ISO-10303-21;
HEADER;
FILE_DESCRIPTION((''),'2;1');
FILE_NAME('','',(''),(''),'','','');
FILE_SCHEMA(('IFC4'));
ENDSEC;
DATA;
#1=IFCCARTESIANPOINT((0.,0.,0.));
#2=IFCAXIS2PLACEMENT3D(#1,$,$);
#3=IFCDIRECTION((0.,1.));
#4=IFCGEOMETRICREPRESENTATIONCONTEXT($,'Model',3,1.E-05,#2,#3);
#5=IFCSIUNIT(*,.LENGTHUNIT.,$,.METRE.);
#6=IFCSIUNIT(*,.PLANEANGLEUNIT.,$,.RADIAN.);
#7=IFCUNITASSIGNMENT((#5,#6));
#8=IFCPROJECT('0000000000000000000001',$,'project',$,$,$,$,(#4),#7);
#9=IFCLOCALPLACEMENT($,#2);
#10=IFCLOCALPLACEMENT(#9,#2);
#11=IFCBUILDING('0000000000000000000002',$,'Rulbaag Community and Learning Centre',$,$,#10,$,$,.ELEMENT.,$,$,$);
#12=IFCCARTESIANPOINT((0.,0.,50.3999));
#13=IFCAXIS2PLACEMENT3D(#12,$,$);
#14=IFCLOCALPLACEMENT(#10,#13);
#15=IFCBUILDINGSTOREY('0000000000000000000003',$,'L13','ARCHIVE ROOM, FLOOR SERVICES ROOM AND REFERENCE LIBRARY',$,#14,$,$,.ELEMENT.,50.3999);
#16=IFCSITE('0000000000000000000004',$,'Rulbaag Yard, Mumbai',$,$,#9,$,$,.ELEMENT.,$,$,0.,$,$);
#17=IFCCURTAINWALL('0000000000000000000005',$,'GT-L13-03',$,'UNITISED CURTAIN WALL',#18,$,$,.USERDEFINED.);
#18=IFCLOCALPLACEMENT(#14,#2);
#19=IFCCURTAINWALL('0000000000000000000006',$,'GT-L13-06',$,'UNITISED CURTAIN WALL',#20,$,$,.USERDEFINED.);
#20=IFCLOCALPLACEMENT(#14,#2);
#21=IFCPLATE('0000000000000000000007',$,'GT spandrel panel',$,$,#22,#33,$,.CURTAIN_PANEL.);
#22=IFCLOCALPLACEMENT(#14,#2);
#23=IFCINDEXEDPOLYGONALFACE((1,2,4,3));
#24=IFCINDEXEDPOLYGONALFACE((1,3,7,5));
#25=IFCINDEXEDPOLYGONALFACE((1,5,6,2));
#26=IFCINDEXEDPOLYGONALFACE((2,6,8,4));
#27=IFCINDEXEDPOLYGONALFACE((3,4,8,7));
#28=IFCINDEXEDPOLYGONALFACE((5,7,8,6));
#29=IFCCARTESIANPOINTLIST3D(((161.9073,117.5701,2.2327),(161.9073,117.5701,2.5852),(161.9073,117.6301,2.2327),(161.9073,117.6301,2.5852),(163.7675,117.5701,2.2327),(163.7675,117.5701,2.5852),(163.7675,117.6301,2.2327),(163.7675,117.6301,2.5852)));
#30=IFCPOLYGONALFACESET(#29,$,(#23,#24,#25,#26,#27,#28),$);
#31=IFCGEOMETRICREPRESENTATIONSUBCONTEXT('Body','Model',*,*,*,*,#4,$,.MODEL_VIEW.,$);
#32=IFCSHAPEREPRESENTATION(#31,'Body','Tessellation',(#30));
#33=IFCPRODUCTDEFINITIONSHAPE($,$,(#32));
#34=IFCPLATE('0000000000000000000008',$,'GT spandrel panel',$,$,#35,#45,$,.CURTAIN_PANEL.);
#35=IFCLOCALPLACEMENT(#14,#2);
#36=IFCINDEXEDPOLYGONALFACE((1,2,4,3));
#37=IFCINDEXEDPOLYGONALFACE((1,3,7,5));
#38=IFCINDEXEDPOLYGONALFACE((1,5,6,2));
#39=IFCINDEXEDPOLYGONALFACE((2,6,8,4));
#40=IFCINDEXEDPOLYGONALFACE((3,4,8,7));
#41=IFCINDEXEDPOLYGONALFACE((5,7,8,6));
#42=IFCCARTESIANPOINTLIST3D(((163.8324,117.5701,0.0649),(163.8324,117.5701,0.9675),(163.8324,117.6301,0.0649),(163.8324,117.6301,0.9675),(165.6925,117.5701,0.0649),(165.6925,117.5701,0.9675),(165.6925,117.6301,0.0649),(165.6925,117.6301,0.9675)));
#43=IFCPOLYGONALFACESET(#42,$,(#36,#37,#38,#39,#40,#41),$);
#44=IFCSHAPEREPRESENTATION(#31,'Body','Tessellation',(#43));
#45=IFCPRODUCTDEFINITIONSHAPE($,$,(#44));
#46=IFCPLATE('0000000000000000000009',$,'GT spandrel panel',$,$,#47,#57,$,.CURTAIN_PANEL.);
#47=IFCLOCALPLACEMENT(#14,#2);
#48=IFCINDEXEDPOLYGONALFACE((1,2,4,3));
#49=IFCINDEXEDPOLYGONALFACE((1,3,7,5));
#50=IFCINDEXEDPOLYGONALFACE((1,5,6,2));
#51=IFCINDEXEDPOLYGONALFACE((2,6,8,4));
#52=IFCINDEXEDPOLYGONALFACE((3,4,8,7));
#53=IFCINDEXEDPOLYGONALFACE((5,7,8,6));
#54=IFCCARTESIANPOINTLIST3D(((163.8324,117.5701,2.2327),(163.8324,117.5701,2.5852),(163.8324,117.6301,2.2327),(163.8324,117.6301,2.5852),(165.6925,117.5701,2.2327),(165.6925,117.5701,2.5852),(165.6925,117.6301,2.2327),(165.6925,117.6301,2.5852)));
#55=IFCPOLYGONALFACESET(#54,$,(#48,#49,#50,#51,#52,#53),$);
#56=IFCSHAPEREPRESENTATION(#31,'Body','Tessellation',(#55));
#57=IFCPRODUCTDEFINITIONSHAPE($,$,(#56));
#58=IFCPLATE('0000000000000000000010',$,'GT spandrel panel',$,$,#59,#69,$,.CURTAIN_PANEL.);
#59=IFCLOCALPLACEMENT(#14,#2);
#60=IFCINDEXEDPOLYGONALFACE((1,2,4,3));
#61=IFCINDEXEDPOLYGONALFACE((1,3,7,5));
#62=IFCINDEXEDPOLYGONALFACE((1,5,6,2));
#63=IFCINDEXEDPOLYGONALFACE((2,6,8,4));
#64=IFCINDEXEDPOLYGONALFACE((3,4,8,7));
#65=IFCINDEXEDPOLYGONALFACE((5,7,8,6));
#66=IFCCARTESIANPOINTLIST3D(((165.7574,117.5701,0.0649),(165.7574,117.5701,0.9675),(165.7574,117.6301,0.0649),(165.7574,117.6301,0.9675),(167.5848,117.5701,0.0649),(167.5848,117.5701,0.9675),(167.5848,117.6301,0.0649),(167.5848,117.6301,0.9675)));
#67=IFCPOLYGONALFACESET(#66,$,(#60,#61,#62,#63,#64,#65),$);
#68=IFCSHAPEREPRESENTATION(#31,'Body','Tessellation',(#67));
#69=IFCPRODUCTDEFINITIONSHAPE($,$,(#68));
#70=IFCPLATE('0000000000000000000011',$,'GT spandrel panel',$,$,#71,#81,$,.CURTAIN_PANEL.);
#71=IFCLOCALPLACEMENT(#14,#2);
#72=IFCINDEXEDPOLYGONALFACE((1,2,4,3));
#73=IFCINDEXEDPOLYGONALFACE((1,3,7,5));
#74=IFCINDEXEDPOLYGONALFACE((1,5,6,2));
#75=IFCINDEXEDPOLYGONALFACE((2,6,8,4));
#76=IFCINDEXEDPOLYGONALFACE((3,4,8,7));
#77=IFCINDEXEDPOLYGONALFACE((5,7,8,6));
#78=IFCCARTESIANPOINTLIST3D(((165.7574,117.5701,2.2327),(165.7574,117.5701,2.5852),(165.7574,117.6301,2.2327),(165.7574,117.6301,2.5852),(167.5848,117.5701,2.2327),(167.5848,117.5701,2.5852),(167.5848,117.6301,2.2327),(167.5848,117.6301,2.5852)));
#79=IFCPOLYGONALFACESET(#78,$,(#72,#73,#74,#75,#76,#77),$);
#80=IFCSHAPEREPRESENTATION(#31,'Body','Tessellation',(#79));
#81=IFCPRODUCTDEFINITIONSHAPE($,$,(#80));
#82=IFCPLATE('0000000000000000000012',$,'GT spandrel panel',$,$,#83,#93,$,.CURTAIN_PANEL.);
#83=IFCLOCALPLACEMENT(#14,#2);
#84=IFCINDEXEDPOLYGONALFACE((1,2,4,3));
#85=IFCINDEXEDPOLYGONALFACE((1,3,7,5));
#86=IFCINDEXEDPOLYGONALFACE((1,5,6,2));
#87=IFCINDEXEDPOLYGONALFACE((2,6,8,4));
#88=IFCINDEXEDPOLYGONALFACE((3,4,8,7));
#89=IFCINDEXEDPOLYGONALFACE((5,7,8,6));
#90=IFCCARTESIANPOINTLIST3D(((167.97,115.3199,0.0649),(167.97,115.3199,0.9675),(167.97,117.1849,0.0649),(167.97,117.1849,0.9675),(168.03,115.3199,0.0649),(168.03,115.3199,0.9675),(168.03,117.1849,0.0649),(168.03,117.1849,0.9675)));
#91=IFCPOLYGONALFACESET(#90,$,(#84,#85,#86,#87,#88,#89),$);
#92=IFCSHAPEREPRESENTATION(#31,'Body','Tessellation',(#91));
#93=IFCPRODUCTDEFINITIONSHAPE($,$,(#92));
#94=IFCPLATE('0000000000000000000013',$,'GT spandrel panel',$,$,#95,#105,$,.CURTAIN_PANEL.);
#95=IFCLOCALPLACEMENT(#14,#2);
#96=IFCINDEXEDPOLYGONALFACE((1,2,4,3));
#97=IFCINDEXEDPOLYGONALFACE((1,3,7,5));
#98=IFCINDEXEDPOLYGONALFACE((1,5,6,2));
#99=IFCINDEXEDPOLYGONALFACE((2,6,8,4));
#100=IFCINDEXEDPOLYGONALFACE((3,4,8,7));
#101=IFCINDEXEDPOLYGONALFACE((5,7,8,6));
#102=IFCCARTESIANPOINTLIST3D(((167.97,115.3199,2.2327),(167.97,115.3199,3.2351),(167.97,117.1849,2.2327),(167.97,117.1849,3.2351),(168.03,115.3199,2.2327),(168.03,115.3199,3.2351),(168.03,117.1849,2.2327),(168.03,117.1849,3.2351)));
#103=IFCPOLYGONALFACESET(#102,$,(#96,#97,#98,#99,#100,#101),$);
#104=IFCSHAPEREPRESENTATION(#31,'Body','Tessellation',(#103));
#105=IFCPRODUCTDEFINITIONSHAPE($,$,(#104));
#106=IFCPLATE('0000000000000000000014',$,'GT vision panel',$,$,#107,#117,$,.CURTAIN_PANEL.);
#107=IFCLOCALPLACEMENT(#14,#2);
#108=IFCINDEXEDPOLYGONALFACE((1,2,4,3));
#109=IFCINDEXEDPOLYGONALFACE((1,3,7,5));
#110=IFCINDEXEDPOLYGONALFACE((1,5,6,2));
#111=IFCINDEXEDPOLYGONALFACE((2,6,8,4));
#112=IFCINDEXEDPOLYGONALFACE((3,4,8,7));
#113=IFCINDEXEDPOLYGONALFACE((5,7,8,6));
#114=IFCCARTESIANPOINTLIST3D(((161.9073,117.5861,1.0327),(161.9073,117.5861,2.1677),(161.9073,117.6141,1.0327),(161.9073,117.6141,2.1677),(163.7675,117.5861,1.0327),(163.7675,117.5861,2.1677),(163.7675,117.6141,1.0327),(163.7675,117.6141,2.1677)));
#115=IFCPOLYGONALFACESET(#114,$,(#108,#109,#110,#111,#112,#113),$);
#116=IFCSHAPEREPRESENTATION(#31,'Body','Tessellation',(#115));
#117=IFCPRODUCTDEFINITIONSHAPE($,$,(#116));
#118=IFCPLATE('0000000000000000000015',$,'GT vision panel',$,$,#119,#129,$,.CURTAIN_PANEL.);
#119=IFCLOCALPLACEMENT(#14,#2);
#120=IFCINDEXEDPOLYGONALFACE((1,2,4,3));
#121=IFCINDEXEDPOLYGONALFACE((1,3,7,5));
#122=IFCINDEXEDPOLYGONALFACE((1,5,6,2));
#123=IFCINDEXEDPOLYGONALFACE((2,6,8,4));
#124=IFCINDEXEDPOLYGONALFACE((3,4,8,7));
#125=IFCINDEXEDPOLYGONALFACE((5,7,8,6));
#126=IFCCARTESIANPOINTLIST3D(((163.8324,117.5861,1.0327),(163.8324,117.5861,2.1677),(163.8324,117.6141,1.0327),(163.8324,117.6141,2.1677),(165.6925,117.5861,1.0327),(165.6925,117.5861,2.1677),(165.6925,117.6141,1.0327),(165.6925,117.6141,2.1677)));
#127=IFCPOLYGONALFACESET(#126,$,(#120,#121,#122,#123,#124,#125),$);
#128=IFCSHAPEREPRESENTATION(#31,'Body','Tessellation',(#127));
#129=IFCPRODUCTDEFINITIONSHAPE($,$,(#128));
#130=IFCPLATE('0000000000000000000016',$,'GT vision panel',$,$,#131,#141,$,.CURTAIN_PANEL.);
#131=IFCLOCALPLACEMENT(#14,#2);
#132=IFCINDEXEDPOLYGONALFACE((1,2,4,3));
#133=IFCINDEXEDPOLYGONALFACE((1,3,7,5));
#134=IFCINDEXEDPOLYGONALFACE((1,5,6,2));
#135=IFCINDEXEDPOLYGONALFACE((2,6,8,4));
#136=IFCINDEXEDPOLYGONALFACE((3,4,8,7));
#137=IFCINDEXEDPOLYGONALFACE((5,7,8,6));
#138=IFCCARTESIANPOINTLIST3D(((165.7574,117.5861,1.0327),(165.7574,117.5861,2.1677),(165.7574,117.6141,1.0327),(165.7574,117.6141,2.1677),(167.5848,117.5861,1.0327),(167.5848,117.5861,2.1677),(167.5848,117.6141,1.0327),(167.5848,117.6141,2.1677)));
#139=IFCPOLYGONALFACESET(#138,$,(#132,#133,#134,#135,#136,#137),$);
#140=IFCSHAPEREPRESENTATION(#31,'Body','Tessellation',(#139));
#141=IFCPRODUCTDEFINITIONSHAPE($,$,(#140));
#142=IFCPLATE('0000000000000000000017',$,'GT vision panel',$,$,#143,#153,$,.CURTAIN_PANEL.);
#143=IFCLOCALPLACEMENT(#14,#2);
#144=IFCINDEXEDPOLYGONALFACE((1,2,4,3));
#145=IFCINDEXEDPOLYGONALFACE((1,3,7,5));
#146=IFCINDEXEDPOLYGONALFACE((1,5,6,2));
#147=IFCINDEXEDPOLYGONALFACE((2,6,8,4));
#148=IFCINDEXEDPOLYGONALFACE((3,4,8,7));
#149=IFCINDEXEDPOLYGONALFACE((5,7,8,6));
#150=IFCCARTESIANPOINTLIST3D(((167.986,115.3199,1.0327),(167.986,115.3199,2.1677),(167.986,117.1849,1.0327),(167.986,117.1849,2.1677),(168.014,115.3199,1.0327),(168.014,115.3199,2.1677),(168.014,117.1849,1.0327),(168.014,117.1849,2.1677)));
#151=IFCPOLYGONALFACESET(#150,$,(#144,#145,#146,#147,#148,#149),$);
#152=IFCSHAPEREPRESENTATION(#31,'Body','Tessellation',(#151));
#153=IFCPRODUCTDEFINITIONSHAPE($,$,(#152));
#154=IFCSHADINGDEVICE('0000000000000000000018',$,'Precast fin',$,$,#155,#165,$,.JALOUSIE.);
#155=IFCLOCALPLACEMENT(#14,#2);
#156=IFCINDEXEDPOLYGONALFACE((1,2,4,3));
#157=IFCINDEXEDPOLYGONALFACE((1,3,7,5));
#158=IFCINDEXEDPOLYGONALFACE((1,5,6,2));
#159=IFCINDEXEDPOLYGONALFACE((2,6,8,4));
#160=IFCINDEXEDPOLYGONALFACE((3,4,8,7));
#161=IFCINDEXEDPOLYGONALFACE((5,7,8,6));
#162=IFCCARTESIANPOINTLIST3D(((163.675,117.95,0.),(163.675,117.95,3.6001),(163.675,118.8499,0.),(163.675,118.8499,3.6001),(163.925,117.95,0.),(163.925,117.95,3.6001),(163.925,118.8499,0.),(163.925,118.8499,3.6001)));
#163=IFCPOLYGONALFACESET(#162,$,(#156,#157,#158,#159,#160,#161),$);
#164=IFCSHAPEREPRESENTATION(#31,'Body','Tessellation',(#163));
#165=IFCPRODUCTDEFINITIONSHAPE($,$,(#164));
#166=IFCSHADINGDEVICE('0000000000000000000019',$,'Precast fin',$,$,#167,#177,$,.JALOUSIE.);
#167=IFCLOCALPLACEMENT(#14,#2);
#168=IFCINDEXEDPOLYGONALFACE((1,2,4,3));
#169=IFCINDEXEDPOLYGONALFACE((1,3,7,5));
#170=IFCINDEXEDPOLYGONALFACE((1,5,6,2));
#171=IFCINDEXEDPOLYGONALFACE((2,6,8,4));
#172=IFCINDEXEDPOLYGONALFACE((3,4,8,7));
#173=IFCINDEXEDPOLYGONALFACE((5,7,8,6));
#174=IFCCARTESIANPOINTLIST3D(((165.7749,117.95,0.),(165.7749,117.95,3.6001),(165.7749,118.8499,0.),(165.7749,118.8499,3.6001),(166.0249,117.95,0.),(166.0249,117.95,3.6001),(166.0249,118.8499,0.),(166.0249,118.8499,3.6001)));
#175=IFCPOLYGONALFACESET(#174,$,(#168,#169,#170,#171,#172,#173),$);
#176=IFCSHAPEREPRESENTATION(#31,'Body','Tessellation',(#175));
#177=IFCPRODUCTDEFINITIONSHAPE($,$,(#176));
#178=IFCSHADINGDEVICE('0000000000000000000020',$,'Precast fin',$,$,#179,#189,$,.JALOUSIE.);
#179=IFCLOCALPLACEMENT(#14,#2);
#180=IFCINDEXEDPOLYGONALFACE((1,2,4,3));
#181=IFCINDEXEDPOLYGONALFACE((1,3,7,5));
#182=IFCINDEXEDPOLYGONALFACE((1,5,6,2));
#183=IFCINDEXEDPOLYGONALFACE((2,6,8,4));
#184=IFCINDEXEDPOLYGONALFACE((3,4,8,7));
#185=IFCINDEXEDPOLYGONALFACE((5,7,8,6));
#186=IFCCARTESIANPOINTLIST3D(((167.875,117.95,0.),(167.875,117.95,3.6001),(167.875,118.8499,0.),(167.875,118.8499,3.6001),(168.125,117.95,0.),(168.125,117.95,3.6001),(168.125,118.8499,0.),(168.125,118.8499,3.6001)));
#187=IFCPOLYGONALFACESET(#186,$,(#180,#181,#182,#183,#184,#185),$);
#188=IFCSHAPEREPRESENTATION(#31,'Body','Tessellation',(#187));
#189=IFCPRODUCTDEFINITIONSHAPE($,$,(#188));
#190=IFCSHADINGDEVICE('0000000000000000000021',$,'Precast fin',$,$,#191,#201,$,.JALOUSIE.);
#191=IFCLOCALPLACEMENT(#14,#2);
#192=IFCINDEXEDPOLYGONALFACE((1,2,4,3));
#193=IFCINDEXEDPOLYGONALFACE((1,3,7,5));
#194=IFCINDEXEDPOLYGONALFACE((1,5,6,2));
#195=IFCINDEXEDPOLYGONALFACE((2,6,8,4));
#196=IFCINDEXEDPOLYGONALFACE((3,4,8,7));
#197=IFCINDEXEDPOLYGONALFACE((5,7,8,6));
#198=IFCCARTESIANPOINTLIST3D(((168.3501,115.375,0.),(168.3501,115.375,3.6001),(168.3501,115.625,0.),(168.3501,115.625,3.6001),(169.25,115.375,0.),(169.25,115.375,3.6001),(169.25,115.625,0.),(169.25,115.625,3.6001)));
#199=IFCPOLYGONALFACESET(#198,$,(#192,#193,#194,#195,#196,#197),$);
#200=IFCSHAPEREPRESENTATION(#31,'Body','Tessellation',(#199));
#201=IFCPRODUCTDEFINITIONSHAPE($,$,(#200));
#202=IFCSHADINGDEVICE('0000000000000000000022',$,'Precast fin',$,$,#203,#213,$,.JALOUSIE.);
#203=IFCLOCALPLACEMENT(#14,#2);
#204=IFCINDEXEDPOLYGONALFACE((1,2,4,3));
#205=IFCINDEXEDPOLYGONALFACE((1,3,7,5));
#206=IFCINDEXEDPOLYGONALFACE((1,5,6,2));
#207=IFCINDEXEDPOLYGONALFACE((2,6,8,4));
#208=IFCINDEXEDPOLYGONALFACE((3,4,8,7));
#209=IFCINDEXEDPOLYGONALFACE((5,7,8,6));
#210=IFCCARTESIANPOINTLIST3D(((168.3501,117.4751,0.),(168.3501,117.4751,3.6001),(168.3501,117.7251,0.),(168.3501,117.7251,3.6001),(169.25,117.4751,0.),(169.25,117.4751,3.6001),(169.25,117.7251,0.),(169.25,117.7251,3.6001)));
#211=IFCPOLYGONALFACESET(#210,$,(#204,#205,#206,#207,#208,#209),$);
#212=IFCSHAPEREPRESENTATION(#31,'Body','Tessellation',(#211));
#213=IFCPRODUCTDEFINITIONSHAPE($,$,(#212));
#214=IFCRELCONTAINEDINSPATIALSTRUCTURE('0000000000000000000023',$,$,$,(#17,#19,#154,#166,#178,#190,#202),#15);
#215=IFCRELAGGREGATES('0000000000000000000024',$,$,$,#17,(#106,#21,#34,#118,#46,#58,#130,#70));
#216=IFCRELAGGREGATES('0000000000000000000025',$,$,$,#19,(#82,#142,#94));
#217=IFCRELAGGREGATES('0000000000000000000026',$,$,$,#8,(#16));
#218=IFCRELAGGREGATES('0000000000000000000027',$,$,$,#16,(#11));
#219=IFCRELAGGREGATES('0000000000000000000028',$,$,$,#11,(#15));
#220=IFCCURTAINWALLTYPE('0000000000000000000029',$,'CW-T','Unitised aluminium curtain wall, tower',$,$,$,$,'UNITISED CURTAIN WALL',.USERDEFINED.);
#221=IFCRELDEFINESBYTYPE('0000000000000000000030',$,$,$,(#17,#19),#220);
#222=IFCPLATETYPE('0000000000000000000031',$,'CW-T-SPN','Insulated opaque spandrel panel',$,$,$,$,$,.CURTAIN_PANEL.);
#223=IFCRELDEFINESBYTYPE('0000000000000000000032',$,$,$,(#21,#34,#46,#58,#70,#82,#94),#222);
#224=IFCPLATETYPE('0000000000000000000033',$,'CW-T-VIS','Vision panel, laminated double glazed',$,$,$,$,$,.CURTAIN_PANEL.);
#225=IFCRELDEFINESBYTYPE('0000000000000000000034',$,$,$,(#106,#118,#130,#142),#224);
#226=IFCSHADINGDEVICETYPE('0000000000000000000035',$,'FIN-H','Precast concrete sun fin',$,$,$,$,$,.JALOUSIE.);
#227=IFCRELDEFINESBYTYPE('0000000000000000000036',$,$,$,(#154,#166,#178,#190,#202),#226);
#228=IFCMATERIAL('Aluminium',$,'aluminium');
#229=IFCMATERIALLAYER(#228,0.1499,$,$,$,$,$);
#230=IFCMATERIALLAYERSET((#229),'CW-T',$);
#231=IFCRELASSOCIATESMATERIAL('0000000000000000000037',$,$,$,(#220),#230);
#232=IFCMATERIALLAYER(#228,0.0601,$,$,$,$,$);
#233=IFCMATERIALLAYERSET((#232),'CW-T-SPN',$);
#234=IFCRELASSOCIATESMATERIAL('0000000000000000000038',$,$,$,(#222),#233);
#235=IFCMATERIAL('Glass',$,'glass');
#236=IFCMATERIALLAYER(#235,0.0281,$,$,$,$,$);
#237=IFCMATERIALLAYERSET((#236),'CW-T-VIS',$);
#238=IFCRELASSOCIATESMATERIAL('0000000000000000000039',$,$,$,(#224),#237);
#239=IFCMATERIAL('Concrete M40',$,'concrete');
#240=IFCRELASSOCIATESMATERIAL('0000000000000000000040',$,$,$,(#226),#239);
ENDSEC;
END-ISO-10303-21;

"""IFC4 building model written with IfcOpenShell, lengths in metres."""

from ifc_helpers import new_model, si_unit, direction, frame, origin, origin_2d, place, context, subcontext, project, spatial, rectangle, extrude, material, layer, layer_set, material_profile, profile_set, type_object, element, aggregate, save


model = new_model("IFC4")

# Units and contexts
model_context = context("Model", 3, precision=1e-05, world=origin(), true_north=direction((0.0, 1.0)))
body_context = subcontext(model_context, "Body", "Model", "MODEL_VIEW")
ifc_project = project(units=[si_unit("LENGTHUNIT", "METRE"), si_unit("PLANEANGLEUNIT", "RADIAN")], contexts=[model_context])

# Site, building, storey
site_placement = place(None, origin())
site = spatial("IfcSite", under=ifc_project, at=site_placement, Name="Rulbaag Yard, Mumbai", CompositionType="ELEMENT", RefElevation=0.0)
building_placement = place(site_placement, origin())
building = spatial("IfcBuilding", under=site, at=building_placement, Name="Rulbaag Community and Learning Centre", CompositionType="ELEMENT")
storey_placement = place(building_placement, frame((0.0, 0.0, 50.3999)))
storey = spatial("IfcBuildingStorey", under=building, at=storey_placement, Name="L13", Description="ARCHIVE ROOM, FLOOR SERVICES ROOM AND REFERENCE LIBRARY", CompositionType="ELEMENT", Elevation=50.3999)

# Shared definitions
ifc_material_1 = material(Name="Concrete M40", Category="concrete")

# Curtain wall
ifc_material_2 = material(Name="Aluminium", Category="aluminium")
ifc_layer_1 = layer(ifc_material_2, 0.1499)
ifc_layer_set_1 = layer_set([ifc_layer_1], Name="CW-T")
curtain_wall_type = type_object("IfcCurtainWallType", Name="CW-T", Description="Unitised aluminium curtain wall, tower", ElementType="UNITISED CURTAIN WALL", PredefinedType="USERDEFINED", material=ifc_layer_set_1)
curtain_wall_1_placement = place(storey_placement, origin())
curtain_wall_1 = element("IfcCurtainWall", 1, at=curtain_wall_1_placement, inside=storey, type_object=curtain_wall_type, Name="GT-L13-03", ObjectType="UNITISED CURTAIN WALL", PredefinedType="USERDEFINED")

# Curtain wall
curtain_wall_2_placement = place(storey_placement, origin())
curtain_wall_2 = element("IfcCurtainWall", 2, at=curtain_wall_2_placement, inside=storey, type_object=curtain_wall_type, Name="GT-L13-06", ObjectType="UNITISED CURTAIN WALL", PredefinedType="USERDEFINED")

# Plates
ifc_layer_2 = layer(ifc_material_2, 0.0601)
ifc_layer_set_2 = layer_set([ifc_layer_2], Name="CW-T-SPN")
plate_type_1 = type_object("IfcPlateType", Name="CW-T-SPN", Description="Insulated opaque spandrel panel", PredefinedType="CURTAIN_PANEL", material=ifc_layer_set_2)
plate_1_placement = place(storey_placement, frame((162.8374, 117.6001, 2.2327), z_axis=(0.0, 0.0, 1.0), x_axis=(1.0, 0.0, 0.0)))
plate_1 = element("IfcPlate", 3, at=plate_1_placement, type_object=plate_type_1, Name="GT spandrel panel", PredefinedType="CURTAIN_PANEL", context=body_context, shape_type="SweptSolid", body=[
    extrude(rectangle(XDim=1.8601, YDim=0.0601, at=origin_2d()), origin(), (0.0, 0.0, 1.0), 0.3525),
])
plate_2_placement = place(storey_placement, frame((164.7625, 117.6001, 0.0649), z_axis=(0.0, 0.0, 1.0), x_axis=(1.0, 0.0, 0.0)))
plate_2 = element("IfcPlate", 4, at=plate_2_placement, type_object=plate_type_1, Name="GT spandrel panel", PredefinedType="CURTAIN_PANEL", context=body_context, shape_type="SweptSolid", body=[
    extrude(rectangle(XDim=1.8601, YDim=0.0601, at=origin_2d()), origin(), (0.0, 0.0, 1.0), 0.9026),
])
plate_3_placement = place(storey_placement, frame((164.7625, 117.6001, 2.2327), z_axis=(0.0, 0.0, 1.0), x_axis=(1.0, 0.0, 0.0)))
plate_3 = element("IfcPlate", 5, at=plate_3_placement, type_object=plate_type_1, Name="GT spandrel panel", PredefinedType="CURTAIN_PANEL", context=body_context, shape_type="SweptSolid", body=[
    extrude(rectangle(XDim=1.8601, YDim=0.0601, at=origin_2d()), origin(), (0.0, 0.0, 1.0), 0.3525),
])
plate_4_placement = place(storey_placement, frame((166.6711, 117.6001, 0.0649), z_axis=(0.0, 0.0, 1.0), x_axis=(1.0, 0.0, 0.0)))
plate_4 = element("IfcPlate", 6, at=plate_4_placement, type_object=plate_type_1, Name="GT spandrel panel", PredefinedType="CURTAIN_PANEL", context=body_context, shape_type="SweptSolid", body=[
    extrude(rectangle(XDim=1.8274, YDim=0.0601, at=origin_2d()), origin(), (0.0, 0.0, 1.0), 0.9026),
])
plate_5_placement = place(storey_placement, frame((166.6711, 117.6001, 2.2327), z_axis=(0.0, 0.0, 1.0), x_axis=(1.0, 0.0, 0.0)))
plate_5 = element("IfcPlate", 7, at=plate_5_placement, type_object=plate_type_1, Name="GT spandrel panel", PredefinedType="CURTAIN_PANEL", context=body_context, shape_type="SweptSolid", body=[
    extrude(rectangle(XDim=1.8274, YDim=0.0601, at=origin_2d()), origin(), (0.0, 0.0, 1.0), 0.3525),
])
plate_6_placement = place(storey_placement, frame((168.0, 116.2524, 0.0649), z_axis=(0.0, 0.0, 1.0), x_axis=(0.0, 1.0, 0.0)))
plate_6 = element("IfcPlate", 8, at=plate_6_placement, type_object=plate_type_1, Name="GT spandrel panel", PredefinedType="CURTAIN_PANEL", context=body_context, shape_type="SweptSolid", body=[
    extrude(rectangle(XDim=1.865, YDim=0.0601, at=origin_2d()), origin(), (0.0, 0.0, 1.0), 0.9026),
])
plate_7_placement = place(storey_placement, frame((168.0, 116.2524, 2.2327), z_axis=(0.0, 0.0, 1.0), x_axis=(0.0, 1.0, 0.0)))
plate_7 = element("IfcPlate", 9, at=plate_7_placement, type_object=plate_type_1, Name="GT spandrel panel", PredefinedType="CURTAIN_PANEL", context=body_context, shape_type="SweptSolid", body=[
    extrude(rectangle(XDim=1.865, YDim=0.0601, at=origin_2d()), origin(), (0.0, 0.0, 1.0), 1.0024),
])
ifc_material_3 = material(Name="Glass", Category="glass")
ifc_layer_3 = layer(ifc_material_3, 0.0281)
ifc_layer_set_3 = layer_set([ifc_layer_3], Name="CW-T-VIS")
plate_type_2 = type_object("IfcPlateType", Name="CW-T-VIS", Description="Vision panel, laminated double glazed", PredefinedType="CURTAIN_PANEL", material=ifc_layer_set_3)
plate_8_placement = place(storey_placement, frame((162.8374, 117.6001, 1.0327), z_axis=(0.0, 0.0, 1.0), x_axis=(1.0, 0.0, 0.0)))
plate_8 = element("IfcPlate", 10, at=plate_8_placement, type_object=plate_type_2, Name="GT vision panel", PredefinedType="CURTAIN_PANEL", context=body_context, shape_type="SweptSolid", body=[
    extrude(rectangle(XDim=1.8601, YDim=0.0281, at=origin_2d()), origin(), (0.0, 0.0, 1.0), 1.135),
])
plate_9_placement = place(storey_placement, frame((164.7625, 117.6001, 1.0327), z_axis=(0.0, 0.0, 1.0), x_axis=(1.0, 0.0, 0.0)))
plate_9 = element("IfcPlate", 11, at=plate_9_placement, type_object=plate_type_2, Name="GT vision panel", PredefinedType="CURTAIN_PANEL", context=body_context, shape_type="SweptSolid", body=[
    extrude(rectangle(XDim=1.8601, YDim=0.0281, at=origin_2d()), origin(), (0.0, 0.0, 1.0), 1.135),
])
plate_10_placement = place(storey_placement, frame((166.6711, 117.6001, 1.0327), z_axis=(0.0, 0.0, 1.0), x_axis=(1.0, 0.0, 0.0)))
plate_10 = element("IfcPlate", 12, at=plate_10_placement, type_object=plate_type_2, Name="GT vision panel", PredefinedType="CURTAIN_PANEL", context=body_context, shape_type="SweptSolid", body=[
    extrude(rectangle(XDim=1.8274, YDim=0.0281, at=origin_2d()), origin(), (0.0, 0.0, 1.0), 1.135),
])
aggregate(curtain_wall_1, [plate_8, plate_1, plate_2, plate_9, plate_3, plate_4, plate_10, plate_5])
plate_11_placement = place(storey_placement, frame((168.0, 116.2524, 1.0327), z_axis=(0.0, 0.0, 1.0), x_axis=(0.0, 1.0, 0.0)))
plate_11 = element("IfcPlate", 13, at=plate_11_placement, type_object=plate_type_2, Name="GT vision panel", PredefinedType="CURTAIN_PANEL", context=body_context, shape_type="SweptSolid", body=[
    extrude(rectangle(XDim=1.865, YDim=0.0281, at=origin_2d()), origin(), (0.0, 0.0, 1.0), 1.135),
])
aggregate(curtain_wall_2, [plate_6, plate_11, plate_7])

# Shading devices
ifc_material_profile_1 = material_profile(ifc_material_1, rectangle(XDim=0.25, YDim=0.8999, at=origin_2d()), Name="PC 250x900")
ifc_profile_set_1 = profile_set([ifc_material_profile_1], Name="Concrete M40")
shading_device_type = type_object("IfcShadingDeviceType", Name="FIN-H", Description="Precast concrete sun fin", PredefinedType="JALOUSIE", material=ifc_profile_set_1)
for number, where, z_axis, x_axis, name in (
    (14, (163.8, 118.3999, 0.0), (0.0, 0.0, 1.0), (1.0, 0.0, 0.0), "Precast fin"),
    (15, (165.8999, 118.3999, 0.0), (0.0, 0.0, 1.0), (1.0, 0.0, 0.0), "Precast fin"),
    (16, (168.0, 118.3999, 0.0), (0.0, 0.0, 1.0), (1.0, 0.0, 0.0), "Precast fin"),
    (17, (168.8, 115.5, 0.0), (0.0, 0.0, 1.0), (0.0, 1.0, 0.0), "Precast fin"),
    (18, (168.8, 117.6001, 0.0), (0.0, 0.0, 1.0), (0.0, 1.0, 0.0), "Precast fin"),
):
    element("IfcShadingDevice", number, at=place(storey_placement, frame(where, z_axis=z_axis, x_axis=x_axis)), inside=storey, type_object=shading_device_type, Name=name, PredefinedType="JALOUSIE", context=body_context, shape_type="SweptSolid", body=[
        extrude(rectangle(XDim=0.25, YDim=0.8999, at=origin_2d()), origin(), (0.0, 0.0, 1.0), 3.6001),
    ])

save(model, "model.ifc")
